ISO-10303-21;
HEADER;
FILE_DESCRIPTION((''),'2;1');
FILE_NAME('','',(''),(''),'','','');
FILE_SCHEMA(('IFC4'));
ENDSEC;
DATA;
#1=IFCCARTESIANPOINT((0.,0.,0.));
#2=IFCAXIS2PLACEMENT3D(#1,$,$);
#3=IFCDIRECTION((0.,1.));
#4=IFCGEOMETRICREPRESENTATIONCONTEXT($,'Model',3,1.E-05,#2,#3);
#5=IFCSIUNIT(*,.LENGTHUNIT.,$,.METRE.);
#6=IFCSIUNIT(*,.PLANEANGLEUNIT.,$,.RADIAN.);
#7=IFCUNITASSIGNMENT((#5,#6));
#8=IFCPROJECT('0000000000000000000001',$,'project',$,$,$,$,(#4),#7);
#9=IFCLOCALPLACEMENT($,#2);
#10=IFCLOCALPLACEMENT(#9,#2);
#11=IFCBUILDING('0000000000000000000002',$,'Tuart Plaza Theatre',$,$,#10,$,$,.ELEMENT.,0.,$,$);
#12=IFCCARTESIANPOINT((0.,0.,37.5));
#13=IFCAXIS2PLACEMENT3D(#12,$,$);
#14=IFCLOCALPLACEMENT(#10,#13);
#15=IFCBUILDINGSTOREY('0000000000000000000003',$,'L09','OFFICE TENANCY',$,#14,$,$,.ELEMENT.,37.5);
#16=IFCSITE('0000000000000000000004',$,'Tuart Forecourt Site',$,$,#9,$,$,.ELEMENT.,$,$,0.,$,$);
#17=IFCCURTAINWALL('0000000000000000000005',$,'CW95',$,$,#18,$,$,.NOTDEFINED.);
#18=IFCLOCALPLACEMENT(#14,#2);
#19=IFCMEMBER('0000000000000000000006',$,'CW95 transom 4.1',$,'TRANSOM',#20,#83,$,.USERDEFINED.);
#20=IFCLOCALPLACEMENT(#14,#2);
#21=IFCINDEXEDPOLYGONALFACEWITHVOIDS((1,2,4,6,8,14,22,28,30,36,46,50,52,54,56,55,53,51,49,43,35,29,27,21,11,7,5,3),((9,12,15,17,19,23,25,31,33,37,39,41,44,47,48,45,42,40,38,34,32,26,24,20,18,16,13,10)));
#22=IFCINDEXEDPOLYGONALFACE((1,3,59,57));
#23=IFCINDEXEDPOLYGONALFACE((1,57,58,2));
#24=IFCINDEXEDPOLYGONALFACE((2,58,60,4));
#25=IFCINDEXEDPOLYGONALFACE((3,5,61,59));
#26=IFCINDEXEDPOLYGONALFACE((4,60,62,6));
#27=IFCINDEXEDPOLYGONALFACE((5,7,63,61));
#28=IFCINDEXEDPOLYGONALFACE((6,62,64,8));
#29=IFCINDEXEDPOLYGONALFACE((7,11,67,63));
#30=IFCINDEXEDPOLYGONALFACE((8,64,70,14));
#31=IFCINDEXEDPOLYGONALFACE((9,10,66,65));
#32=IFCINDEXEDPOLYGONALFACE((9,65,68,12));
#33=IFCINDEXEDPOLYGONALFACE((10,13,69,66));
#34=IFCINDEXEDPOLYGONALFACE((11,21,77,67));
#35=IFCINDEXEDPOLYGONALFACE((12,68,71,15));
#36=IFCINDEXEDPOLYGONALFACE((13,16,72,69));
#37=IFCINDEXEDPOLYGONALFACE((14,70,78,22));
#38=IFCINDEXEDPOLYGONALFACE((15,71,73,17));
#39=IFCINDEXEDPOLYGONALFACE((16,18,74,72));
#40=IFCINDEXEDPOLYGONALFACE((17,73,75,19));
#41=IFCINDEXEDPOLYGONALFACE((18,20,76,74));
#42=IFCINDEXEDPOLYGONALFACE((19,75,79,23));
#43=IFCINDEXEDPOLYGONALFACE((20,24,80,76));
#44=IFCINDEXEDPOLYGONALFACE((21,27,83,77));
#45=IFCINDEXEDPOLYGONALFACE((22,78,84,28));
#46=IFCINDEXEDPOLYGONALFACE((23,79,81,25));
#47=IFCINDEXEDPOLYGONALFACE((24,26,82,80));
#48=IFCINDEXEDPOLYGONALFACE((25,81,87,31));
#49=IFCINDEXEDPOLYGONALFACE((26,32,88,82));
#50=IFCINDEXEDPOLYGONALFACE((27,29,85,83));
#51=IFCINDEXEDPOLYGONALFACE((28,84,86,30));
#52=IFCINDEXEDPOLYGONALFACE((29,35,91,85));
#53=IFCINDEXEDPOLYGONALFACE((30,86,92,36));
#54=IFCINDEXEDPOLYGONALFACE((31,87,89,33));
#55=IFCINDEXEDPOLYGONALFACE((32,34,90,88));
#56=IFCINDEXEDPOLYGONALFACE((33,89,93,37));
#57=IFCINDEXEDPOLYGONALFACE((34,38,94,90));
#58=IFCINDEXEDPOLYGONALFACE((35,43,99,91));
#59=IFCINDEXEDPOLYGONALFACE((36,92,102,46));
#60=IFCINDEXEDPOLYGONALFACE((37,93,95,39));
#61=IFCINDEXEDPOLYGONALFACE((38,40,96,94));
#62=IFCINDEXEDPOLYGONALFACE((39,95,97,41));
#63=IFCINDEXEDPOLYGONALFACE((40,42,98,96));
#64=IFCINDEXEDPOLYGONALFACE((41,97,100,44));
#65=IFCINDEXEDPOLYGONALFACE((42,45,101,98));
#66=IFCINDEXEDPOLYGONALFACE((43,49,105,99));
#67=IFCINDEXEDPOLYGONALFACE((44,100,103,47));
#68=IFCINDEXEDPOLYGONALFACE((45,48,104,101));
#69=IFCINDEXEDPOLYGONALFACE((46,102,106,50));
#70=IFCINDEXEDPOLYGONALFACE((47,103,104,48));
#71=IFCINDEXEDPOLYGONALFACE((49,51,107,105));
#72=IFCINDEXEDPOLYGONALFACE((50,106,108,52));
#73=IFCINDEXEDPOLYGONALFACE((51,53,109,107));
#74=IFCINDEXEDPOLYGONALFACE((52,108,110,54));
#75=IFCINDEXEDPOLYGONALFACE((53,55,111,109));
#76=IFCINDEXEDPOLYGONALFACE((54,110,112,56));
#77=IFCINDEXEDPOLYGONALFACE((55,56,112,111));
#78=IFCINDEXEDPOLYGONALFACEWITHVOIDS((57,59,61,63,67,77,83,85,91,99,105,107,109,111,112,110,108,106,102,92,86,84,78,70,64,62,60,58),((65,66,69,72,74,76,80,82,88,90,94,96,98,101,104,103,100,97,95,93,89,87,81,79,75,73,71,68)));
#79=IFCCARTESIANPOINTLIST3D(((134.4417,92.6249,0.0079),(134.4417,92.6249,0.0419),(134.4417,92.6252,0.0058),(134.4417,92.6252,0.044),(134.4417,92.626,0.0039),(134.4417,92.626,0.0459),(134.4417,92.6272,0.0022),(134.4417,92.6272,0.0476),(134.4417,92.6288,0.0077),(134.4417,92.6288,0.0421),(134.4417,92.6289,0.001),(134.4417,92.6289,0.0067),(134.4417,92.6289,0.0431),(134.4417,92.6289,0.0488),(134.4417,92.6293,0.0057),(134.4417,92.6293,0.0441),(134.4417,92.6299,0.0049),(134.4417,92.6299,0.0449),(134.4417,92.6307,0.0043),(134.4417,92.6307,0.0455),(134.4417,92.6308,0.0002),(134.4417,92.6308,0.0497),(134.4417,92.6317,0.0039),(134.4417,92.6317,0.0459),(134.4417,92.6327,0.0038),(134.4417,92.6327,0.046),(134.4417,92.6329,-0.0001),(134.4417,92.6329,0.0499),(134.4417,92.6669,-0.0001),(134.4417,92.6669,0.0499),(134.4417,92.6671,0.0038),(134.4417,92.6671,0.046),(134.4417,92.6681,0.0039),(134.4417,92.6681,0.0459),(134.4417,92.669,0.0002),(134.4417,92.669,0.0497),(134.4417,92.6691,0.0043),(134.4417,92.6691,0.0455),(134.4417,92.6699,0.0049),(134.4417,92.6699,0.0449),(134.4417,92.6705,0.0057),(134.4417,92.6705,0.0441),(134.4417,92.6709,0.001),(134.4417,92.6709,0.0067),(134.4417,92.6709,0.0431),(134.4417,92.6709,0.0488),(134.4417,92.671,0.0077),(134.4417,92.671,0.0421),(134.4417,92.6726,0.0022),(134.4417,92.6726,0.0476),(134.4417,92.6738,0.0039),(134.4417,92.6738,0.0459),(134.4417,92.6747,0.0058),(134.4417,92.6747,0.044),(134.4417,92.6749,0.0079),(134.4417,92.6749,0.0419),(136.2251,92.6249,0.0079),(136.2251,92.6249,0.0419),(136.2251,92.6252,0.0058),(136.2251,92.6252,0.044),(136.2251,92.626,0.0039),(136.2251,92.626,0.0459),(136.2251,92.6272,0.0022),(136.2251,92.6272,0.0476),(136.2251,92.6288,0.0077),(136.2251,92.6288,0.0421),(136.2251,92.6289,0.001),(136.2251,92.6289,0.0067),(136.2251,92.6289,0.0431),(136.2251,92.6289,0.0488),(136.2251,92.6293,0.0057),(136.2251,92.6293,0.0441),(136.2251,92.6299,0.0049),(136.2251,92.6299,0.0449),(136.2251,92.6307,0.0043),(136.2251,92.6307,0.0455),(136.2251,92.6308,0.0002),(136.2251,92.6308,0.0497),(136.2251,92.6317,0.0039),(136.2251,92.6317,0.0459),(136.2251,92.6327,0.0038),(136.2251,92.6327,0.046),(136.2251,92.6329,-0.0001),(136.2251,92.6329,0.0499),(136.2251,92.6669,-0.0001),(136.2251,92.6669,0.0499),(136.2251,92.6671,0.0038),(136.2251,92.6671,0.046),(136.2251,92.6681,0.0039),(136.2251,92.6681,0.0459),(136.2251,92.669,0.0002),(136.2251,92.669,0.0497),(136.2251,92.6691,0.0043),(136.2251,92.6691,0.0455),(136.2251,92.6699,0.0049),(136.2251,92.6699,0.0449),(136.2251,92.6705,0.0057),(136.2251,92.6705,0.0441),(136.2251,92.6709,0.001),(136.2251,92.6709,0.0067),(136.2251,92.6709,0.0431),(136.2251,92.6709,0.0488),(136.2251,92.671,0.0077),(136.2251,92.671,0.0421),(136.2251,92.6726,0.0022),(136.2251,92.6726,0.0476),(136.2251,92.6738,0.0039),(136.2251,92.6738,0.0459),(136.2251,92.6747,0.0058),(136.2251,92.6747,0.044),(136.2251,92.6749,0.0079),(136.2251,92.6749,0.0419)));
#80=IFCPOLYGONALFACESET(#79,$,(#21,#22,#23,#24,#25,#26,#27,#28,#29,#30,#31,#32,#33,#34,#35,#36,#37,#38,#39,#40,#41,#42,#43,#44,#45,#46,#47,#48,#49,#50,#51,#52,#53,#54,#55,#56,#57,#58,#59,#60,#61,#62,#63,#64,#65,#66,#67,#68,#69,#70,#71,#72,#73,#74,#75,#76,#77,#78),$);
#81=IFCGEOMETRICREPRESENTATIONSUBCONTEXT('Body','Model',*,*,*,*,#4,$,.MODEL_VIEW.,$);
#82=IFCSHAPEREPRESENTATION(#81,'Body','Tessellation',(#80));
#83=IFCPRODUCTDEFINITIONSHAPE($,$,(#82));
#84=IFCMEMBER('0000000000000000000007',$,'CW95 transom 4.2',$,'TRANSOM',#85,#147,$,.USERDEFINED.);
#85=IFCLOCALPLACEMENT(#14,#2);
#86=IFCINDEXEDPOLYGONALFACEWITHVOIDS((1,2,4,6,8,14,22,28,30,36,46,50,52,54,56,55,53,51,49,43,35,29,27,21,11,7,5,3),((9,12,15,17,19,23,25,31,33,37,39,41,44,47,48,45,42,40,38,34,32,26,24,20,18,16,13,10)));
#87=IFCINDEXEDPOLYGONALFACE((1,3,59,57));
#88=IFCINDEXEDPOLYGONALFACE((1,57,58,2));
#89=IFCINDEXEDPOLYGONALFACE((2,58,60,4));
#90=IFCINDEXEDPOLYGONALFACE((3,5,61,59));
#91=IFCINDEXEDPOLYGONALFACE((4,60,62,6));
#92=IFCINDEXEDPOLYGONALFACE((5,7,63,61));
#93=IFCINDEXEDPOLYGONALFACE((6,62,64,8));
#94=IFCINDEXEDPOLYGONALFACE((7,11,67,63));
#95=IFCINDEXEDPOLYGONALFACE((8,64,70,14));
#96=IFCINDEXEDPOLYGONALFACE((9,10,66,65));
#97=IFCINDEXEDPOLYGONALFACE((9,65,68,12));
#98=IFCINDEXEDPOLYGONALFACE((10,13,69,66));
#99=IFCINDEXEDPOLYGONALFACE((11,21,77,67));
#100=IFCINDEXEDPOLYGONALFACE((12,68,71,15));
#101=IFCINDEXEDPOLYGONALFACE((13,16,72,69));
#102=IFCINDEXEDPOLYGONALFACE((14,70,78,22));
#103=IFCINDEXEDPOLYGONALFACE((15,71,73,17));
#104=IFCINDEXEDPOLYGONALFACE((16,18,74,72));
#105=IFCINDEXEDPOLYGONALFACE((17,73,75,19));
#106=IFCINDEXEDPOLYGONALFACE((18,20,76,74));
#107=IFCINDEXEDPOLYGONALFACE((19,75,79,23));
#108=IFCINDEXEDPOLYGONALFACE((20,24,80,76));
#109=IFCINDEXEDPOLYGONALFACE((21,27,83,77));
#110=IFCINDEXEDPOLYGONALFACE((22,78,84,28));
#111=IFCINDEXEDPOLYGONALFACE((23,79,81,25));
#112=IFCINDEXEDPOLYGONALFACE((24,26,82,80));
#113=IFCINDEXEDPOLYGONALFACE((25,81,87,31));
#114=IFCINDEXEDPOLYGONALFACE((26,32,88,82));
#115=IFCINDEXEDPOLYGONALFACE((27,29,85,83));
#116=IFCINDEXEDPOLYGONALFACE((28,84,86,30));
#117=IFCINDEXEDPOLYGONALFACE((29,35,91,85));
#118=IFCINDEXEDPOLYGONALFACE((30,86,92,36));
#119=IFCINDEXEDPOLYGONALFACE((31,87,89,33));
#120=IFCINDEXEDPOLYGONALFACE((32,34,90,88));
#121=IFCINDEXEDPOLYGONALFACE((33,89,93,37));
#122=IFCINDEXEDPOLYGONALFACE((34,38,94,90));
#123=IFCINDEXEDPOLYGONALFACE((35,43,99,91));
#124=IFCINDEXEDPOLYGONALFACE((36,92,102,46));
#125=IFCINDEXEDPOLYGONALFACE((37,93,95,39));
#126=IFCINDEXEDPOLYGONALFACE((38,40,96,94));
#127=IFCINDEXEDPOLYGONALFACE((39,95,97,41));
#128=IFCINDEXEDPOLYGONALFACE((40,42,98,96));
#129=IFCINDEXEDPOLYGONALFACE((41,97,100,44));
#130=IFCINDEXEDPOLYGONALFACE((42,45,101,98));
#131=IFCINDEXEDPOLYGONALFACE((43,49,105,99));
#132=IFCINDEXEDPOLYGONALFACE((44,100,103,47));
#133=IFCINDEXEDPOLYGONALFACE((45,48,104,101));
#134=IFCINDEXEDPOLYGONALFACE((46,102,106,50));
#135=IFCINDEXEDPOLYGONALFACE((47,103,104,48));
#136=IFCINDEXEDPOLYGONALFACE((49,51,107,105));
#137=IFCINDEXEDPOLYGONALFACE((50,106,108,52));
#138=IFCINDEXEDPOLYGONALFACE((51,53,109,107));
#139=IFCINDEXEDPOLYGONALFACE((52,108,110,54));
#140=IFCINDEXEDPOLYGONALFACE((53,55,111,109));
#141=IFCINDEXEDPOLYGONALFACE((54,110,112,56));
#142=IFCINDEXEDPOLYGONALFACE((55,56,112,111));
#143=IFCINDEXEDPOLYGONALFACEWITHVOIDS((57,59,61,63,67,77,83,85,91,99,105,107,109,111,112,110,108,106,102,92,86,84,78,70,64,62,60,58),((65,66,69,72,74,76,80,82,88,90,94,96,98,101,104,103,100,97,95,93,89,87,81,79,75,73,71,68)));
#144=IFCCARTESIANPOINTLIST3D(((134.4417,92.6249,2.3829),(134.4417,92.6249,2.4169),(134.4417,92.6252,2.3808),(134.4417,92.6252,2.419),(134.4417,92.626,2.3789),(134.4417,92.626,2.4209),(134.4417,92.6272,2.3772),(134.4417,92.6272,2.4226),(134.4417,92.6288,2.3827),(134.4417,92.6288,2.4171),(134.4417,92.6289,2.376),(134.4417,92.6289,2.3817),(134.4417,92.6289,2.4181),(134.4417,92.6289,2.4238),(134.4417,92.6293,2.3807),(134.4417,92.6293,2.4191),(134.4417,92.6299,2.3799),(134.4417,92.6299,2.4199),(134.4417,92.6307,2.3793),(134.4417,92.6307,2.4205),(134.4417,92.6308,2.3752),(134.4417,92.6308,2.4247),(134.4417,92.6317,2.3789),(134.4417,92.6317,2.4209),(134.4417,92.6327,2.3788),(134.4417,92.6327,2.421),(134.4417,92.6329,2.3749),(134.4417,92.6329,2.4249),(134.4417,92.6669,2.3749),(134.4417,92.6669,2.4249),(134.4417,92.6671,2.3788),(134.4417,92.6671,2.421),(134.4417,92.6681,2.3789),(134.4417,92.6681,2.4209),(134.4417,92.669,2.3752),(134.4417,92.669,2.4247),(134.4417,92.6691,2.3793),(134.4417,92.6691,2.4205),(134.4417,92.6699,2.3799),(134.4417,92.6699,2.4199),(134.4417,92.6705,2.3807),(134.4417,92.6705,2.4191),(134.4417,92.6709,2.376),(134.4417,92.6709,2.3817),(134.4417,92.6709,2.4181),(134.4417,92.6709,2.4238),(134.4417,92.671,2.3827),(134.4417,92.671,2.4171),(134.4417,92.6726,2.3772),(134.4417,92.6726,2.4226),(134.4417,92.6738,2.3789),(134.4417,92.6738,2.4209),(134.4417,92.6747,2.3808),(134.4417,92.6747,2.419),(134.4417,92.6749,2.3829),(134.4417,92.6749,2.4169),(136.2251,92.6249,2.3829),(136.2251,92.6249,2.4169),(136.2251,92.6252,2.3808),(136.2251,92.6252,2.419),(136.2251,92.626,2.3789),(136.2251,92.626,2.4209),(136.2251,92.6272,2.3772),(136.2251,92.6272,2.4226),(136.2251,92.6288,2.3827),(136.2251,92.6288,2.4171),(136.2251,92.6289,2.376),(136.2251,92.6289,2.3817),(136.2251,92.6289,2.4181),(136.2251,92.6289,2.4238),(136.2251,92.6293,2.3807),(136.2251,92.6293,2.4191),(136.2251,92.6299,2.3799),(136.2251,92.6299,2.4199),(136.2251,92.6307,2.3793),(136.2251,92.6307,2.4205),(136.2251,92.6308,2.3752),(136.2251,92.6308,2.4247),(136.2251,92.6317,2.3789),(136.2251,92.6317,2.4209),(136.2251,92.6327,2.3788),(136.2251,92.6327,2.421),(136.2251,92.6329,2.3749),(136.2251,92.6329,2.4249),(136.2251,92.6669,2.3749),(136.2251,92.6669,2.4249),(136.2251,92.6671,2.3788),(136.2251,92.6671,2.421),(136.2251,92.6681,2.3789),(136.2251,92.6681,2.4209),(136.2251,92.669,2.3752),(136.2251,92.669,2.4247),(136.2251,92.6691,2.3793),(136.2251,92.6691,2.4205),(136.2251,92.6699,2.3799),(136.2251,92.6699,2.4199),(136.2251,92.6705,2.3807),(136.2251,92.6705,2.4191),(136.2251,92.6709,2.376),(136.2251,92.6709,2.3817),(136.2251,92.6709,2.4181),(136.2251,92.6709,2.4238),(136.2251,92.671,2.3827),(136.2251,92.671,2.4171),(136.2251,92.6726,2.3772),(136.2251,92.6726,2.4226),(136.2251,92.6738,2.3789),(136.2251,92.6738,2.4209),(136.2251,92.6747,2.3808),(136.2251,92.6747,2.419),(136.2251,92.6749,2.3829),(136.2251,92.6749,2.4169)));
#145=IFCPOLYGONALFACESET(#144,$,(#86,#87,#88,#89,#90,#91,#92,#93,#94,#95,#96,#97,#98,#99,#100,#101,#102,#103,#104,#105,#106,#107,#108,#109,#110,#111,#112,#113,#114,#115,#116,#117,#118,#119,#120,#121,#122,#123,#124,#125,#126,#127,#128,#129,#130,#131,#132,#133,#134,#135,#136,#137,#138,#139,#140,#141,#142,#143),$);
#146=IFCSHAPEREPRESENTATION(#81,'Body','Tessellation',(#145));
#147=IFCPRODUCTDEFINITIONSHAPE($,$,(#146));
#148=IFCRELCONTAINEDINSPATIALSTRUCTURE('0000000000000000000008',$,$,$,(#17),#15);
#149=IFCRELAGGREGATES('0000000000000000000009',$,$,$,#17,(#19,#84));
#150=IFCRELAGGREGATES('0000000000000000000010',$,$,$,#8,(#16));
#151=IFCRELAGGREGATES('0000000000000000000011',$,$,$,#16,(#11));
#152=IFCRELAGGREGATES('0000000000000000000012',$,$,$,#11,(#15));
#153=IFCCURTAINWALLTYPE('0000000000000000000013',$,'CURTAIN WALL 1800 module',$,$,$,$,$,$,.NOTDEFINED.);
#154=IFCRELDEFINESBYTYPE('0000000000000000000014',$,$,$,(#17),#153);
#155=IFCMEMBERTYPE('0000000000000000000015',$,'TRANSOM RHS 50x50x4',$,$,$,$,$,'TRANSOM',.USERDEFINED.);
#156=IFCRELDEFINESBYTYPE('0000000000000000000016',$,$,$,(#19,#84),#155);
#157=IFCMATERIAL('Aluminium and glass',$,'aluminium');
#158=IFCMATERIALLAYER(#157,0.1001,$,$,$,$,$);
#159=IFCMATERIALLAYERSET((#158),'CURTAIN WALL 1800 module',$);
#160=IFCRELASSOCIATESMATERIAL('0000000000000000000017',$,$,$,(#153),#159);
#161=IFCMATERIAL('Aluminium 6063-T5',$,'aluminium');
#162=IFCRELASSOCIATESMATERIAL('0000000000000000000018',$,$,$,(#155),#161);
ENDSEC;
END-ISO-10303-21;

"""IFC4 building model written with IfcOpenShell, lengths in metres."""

from ifc_helpers import new_model, si_unit, direction, frame, origin, origin_2d, place, context, subcontext, project, spatial, hollow_rectangle, extrude, material, layer, layer_set, material_profile, profile_set, type_object, element, aggregate, save


model = new_model("IFC4")

# Units and contexts
model_context = context("Model", 3, precision=1e-05, world=origin(), true_north=direction((0.0, 1.0)))
body_context = subcontext(model_context, "Body", "Model", "MODEL_VIEW")
ifc_project = project(units=[si_unit("LENGTHUNIT", "METRE"), si_unit("PLANEANGLEUNIT", "RADIAN")], contexts=[model_context])

# Site, building, storey
site_placement = place(None, origin())
site = spatial("IfcSite", under=ifc_project, at=site_placement, Name="Tuart Forecourt Site", CompositionType="ELEMENT", RefElevation=0.0)
building_placement = place(site_placement, origin())
building = spatial("IfcBuilding", under=site, at=building_placement, Name="Tuart Plaza Theatre", CompositionType="ELEMENT", ElevationOfRefHeight=0.0)
storey_placement = place(building_placement, frame((0.0, 0.0, 37.5)))
storey = spatial("IfcBuildingStorey", under=building, at=storey_placement, Name="L09", Description="OFFICE TENANCY", CompositionType="ELEMENT", Elevation=37.5)

# Curtain wall, members
ifc_material_1 = material(Name="Aluminium and glass", Category="aluminium")
ifc_layer_1 = layer(ifc_material_1, 0.1001)
ifc_layer_set_1 = layer_set([ifc_layer_1], Name="CURTAIN WALL 1800 module")
curtain_wall_type = type_object("IfcCurtainWallType", Name="CURTAIN WALL 1800 module", PredefinedType="NOTDEFINED", material=ifc_layer_set_1)
curtain_wall_placement = place(storey_placement, origin())
curtain_wall = element("IfcCurtainWall", 1, at=curtain_wall_placement, inside=storey, type_object=curtain_wall_type, Name="CW95", PredefinedType="NOTDEFINED")
ifc_material_2 = material(Name="Aluminium 6063-T5", Category="aluminium")
ifc_material_profile_1 = material_profile(ifc_material_2, hollow_rectangle(XDim=0.05, YDim=0.05, WallThickness=0.0039, InnerFilletRadius=0.0039, OuterFilletRadius=0.0081, at=origin_2d()), Name="RHS 50x50x4")
ifc_profile_set_1 = profile_set([ifc_material_profile_1], Name="Aluminium 6063-T5")
member_type_1 = type_object("IfcMemberType", Name="TRANSOM RHS 50x50x4", ElementType="TRANSOM", PredefinedType="USERDEFINED", material=ifc_profile_set_1)
member_1_placement = place(storey_placement, frame((136.2251, 92.6499, 0.0249), z_axis=(-1.0, 0.0, 0.0), x_axis=(0.0, -1.0, 0.0)))
member_1 = element("IfcMember", 2, at=member_1_placement, type_object=member_type_1, Name="CW95 transom 4.1", ObjectType="TRANSOM", PredefinedType="USERDEFINED", context=body_context, shape_type="SweptSolid", body=[
    extrude(hollow_rectangle(XDim=0.05, YDim=0.05, WallThickness=0.0039, InnerFilletRadius=0.0039, OuterFilletRadius=0.0081, at=origin_2d()), origin(), (0.0, 0.0, 1.0), 1.7834),
])
member_2_placement = place(storey_placement, frame((136.2251, 92.6499, 2.3999), z_axis=(-1.0, 0.0, 0.0), x_axis=(0.0, -1.0, 0.0)))
member_2 = element("IfcMember", 3, at=member_2_placement, type_object=member_type_1, Name="CW95 transom 4.2", ObjectType="TRANSOM", PredefinedType="USERDEFINED", context=body_context, shape_type="SweptSolid", body=[
    extrude(hollow_rectangle(XDim=0.05, YDim=0.05, WallThickness=0.0039, InnerFilletRadius=0.0039, OuterFilletRadius=0.0081, at=origin_2d()), origin(), (0.0, 0.0, 1.0), 1.7834),
])
aggregate(curtain_wall, [member_1, member_2])

save(model, "model.ifc")
